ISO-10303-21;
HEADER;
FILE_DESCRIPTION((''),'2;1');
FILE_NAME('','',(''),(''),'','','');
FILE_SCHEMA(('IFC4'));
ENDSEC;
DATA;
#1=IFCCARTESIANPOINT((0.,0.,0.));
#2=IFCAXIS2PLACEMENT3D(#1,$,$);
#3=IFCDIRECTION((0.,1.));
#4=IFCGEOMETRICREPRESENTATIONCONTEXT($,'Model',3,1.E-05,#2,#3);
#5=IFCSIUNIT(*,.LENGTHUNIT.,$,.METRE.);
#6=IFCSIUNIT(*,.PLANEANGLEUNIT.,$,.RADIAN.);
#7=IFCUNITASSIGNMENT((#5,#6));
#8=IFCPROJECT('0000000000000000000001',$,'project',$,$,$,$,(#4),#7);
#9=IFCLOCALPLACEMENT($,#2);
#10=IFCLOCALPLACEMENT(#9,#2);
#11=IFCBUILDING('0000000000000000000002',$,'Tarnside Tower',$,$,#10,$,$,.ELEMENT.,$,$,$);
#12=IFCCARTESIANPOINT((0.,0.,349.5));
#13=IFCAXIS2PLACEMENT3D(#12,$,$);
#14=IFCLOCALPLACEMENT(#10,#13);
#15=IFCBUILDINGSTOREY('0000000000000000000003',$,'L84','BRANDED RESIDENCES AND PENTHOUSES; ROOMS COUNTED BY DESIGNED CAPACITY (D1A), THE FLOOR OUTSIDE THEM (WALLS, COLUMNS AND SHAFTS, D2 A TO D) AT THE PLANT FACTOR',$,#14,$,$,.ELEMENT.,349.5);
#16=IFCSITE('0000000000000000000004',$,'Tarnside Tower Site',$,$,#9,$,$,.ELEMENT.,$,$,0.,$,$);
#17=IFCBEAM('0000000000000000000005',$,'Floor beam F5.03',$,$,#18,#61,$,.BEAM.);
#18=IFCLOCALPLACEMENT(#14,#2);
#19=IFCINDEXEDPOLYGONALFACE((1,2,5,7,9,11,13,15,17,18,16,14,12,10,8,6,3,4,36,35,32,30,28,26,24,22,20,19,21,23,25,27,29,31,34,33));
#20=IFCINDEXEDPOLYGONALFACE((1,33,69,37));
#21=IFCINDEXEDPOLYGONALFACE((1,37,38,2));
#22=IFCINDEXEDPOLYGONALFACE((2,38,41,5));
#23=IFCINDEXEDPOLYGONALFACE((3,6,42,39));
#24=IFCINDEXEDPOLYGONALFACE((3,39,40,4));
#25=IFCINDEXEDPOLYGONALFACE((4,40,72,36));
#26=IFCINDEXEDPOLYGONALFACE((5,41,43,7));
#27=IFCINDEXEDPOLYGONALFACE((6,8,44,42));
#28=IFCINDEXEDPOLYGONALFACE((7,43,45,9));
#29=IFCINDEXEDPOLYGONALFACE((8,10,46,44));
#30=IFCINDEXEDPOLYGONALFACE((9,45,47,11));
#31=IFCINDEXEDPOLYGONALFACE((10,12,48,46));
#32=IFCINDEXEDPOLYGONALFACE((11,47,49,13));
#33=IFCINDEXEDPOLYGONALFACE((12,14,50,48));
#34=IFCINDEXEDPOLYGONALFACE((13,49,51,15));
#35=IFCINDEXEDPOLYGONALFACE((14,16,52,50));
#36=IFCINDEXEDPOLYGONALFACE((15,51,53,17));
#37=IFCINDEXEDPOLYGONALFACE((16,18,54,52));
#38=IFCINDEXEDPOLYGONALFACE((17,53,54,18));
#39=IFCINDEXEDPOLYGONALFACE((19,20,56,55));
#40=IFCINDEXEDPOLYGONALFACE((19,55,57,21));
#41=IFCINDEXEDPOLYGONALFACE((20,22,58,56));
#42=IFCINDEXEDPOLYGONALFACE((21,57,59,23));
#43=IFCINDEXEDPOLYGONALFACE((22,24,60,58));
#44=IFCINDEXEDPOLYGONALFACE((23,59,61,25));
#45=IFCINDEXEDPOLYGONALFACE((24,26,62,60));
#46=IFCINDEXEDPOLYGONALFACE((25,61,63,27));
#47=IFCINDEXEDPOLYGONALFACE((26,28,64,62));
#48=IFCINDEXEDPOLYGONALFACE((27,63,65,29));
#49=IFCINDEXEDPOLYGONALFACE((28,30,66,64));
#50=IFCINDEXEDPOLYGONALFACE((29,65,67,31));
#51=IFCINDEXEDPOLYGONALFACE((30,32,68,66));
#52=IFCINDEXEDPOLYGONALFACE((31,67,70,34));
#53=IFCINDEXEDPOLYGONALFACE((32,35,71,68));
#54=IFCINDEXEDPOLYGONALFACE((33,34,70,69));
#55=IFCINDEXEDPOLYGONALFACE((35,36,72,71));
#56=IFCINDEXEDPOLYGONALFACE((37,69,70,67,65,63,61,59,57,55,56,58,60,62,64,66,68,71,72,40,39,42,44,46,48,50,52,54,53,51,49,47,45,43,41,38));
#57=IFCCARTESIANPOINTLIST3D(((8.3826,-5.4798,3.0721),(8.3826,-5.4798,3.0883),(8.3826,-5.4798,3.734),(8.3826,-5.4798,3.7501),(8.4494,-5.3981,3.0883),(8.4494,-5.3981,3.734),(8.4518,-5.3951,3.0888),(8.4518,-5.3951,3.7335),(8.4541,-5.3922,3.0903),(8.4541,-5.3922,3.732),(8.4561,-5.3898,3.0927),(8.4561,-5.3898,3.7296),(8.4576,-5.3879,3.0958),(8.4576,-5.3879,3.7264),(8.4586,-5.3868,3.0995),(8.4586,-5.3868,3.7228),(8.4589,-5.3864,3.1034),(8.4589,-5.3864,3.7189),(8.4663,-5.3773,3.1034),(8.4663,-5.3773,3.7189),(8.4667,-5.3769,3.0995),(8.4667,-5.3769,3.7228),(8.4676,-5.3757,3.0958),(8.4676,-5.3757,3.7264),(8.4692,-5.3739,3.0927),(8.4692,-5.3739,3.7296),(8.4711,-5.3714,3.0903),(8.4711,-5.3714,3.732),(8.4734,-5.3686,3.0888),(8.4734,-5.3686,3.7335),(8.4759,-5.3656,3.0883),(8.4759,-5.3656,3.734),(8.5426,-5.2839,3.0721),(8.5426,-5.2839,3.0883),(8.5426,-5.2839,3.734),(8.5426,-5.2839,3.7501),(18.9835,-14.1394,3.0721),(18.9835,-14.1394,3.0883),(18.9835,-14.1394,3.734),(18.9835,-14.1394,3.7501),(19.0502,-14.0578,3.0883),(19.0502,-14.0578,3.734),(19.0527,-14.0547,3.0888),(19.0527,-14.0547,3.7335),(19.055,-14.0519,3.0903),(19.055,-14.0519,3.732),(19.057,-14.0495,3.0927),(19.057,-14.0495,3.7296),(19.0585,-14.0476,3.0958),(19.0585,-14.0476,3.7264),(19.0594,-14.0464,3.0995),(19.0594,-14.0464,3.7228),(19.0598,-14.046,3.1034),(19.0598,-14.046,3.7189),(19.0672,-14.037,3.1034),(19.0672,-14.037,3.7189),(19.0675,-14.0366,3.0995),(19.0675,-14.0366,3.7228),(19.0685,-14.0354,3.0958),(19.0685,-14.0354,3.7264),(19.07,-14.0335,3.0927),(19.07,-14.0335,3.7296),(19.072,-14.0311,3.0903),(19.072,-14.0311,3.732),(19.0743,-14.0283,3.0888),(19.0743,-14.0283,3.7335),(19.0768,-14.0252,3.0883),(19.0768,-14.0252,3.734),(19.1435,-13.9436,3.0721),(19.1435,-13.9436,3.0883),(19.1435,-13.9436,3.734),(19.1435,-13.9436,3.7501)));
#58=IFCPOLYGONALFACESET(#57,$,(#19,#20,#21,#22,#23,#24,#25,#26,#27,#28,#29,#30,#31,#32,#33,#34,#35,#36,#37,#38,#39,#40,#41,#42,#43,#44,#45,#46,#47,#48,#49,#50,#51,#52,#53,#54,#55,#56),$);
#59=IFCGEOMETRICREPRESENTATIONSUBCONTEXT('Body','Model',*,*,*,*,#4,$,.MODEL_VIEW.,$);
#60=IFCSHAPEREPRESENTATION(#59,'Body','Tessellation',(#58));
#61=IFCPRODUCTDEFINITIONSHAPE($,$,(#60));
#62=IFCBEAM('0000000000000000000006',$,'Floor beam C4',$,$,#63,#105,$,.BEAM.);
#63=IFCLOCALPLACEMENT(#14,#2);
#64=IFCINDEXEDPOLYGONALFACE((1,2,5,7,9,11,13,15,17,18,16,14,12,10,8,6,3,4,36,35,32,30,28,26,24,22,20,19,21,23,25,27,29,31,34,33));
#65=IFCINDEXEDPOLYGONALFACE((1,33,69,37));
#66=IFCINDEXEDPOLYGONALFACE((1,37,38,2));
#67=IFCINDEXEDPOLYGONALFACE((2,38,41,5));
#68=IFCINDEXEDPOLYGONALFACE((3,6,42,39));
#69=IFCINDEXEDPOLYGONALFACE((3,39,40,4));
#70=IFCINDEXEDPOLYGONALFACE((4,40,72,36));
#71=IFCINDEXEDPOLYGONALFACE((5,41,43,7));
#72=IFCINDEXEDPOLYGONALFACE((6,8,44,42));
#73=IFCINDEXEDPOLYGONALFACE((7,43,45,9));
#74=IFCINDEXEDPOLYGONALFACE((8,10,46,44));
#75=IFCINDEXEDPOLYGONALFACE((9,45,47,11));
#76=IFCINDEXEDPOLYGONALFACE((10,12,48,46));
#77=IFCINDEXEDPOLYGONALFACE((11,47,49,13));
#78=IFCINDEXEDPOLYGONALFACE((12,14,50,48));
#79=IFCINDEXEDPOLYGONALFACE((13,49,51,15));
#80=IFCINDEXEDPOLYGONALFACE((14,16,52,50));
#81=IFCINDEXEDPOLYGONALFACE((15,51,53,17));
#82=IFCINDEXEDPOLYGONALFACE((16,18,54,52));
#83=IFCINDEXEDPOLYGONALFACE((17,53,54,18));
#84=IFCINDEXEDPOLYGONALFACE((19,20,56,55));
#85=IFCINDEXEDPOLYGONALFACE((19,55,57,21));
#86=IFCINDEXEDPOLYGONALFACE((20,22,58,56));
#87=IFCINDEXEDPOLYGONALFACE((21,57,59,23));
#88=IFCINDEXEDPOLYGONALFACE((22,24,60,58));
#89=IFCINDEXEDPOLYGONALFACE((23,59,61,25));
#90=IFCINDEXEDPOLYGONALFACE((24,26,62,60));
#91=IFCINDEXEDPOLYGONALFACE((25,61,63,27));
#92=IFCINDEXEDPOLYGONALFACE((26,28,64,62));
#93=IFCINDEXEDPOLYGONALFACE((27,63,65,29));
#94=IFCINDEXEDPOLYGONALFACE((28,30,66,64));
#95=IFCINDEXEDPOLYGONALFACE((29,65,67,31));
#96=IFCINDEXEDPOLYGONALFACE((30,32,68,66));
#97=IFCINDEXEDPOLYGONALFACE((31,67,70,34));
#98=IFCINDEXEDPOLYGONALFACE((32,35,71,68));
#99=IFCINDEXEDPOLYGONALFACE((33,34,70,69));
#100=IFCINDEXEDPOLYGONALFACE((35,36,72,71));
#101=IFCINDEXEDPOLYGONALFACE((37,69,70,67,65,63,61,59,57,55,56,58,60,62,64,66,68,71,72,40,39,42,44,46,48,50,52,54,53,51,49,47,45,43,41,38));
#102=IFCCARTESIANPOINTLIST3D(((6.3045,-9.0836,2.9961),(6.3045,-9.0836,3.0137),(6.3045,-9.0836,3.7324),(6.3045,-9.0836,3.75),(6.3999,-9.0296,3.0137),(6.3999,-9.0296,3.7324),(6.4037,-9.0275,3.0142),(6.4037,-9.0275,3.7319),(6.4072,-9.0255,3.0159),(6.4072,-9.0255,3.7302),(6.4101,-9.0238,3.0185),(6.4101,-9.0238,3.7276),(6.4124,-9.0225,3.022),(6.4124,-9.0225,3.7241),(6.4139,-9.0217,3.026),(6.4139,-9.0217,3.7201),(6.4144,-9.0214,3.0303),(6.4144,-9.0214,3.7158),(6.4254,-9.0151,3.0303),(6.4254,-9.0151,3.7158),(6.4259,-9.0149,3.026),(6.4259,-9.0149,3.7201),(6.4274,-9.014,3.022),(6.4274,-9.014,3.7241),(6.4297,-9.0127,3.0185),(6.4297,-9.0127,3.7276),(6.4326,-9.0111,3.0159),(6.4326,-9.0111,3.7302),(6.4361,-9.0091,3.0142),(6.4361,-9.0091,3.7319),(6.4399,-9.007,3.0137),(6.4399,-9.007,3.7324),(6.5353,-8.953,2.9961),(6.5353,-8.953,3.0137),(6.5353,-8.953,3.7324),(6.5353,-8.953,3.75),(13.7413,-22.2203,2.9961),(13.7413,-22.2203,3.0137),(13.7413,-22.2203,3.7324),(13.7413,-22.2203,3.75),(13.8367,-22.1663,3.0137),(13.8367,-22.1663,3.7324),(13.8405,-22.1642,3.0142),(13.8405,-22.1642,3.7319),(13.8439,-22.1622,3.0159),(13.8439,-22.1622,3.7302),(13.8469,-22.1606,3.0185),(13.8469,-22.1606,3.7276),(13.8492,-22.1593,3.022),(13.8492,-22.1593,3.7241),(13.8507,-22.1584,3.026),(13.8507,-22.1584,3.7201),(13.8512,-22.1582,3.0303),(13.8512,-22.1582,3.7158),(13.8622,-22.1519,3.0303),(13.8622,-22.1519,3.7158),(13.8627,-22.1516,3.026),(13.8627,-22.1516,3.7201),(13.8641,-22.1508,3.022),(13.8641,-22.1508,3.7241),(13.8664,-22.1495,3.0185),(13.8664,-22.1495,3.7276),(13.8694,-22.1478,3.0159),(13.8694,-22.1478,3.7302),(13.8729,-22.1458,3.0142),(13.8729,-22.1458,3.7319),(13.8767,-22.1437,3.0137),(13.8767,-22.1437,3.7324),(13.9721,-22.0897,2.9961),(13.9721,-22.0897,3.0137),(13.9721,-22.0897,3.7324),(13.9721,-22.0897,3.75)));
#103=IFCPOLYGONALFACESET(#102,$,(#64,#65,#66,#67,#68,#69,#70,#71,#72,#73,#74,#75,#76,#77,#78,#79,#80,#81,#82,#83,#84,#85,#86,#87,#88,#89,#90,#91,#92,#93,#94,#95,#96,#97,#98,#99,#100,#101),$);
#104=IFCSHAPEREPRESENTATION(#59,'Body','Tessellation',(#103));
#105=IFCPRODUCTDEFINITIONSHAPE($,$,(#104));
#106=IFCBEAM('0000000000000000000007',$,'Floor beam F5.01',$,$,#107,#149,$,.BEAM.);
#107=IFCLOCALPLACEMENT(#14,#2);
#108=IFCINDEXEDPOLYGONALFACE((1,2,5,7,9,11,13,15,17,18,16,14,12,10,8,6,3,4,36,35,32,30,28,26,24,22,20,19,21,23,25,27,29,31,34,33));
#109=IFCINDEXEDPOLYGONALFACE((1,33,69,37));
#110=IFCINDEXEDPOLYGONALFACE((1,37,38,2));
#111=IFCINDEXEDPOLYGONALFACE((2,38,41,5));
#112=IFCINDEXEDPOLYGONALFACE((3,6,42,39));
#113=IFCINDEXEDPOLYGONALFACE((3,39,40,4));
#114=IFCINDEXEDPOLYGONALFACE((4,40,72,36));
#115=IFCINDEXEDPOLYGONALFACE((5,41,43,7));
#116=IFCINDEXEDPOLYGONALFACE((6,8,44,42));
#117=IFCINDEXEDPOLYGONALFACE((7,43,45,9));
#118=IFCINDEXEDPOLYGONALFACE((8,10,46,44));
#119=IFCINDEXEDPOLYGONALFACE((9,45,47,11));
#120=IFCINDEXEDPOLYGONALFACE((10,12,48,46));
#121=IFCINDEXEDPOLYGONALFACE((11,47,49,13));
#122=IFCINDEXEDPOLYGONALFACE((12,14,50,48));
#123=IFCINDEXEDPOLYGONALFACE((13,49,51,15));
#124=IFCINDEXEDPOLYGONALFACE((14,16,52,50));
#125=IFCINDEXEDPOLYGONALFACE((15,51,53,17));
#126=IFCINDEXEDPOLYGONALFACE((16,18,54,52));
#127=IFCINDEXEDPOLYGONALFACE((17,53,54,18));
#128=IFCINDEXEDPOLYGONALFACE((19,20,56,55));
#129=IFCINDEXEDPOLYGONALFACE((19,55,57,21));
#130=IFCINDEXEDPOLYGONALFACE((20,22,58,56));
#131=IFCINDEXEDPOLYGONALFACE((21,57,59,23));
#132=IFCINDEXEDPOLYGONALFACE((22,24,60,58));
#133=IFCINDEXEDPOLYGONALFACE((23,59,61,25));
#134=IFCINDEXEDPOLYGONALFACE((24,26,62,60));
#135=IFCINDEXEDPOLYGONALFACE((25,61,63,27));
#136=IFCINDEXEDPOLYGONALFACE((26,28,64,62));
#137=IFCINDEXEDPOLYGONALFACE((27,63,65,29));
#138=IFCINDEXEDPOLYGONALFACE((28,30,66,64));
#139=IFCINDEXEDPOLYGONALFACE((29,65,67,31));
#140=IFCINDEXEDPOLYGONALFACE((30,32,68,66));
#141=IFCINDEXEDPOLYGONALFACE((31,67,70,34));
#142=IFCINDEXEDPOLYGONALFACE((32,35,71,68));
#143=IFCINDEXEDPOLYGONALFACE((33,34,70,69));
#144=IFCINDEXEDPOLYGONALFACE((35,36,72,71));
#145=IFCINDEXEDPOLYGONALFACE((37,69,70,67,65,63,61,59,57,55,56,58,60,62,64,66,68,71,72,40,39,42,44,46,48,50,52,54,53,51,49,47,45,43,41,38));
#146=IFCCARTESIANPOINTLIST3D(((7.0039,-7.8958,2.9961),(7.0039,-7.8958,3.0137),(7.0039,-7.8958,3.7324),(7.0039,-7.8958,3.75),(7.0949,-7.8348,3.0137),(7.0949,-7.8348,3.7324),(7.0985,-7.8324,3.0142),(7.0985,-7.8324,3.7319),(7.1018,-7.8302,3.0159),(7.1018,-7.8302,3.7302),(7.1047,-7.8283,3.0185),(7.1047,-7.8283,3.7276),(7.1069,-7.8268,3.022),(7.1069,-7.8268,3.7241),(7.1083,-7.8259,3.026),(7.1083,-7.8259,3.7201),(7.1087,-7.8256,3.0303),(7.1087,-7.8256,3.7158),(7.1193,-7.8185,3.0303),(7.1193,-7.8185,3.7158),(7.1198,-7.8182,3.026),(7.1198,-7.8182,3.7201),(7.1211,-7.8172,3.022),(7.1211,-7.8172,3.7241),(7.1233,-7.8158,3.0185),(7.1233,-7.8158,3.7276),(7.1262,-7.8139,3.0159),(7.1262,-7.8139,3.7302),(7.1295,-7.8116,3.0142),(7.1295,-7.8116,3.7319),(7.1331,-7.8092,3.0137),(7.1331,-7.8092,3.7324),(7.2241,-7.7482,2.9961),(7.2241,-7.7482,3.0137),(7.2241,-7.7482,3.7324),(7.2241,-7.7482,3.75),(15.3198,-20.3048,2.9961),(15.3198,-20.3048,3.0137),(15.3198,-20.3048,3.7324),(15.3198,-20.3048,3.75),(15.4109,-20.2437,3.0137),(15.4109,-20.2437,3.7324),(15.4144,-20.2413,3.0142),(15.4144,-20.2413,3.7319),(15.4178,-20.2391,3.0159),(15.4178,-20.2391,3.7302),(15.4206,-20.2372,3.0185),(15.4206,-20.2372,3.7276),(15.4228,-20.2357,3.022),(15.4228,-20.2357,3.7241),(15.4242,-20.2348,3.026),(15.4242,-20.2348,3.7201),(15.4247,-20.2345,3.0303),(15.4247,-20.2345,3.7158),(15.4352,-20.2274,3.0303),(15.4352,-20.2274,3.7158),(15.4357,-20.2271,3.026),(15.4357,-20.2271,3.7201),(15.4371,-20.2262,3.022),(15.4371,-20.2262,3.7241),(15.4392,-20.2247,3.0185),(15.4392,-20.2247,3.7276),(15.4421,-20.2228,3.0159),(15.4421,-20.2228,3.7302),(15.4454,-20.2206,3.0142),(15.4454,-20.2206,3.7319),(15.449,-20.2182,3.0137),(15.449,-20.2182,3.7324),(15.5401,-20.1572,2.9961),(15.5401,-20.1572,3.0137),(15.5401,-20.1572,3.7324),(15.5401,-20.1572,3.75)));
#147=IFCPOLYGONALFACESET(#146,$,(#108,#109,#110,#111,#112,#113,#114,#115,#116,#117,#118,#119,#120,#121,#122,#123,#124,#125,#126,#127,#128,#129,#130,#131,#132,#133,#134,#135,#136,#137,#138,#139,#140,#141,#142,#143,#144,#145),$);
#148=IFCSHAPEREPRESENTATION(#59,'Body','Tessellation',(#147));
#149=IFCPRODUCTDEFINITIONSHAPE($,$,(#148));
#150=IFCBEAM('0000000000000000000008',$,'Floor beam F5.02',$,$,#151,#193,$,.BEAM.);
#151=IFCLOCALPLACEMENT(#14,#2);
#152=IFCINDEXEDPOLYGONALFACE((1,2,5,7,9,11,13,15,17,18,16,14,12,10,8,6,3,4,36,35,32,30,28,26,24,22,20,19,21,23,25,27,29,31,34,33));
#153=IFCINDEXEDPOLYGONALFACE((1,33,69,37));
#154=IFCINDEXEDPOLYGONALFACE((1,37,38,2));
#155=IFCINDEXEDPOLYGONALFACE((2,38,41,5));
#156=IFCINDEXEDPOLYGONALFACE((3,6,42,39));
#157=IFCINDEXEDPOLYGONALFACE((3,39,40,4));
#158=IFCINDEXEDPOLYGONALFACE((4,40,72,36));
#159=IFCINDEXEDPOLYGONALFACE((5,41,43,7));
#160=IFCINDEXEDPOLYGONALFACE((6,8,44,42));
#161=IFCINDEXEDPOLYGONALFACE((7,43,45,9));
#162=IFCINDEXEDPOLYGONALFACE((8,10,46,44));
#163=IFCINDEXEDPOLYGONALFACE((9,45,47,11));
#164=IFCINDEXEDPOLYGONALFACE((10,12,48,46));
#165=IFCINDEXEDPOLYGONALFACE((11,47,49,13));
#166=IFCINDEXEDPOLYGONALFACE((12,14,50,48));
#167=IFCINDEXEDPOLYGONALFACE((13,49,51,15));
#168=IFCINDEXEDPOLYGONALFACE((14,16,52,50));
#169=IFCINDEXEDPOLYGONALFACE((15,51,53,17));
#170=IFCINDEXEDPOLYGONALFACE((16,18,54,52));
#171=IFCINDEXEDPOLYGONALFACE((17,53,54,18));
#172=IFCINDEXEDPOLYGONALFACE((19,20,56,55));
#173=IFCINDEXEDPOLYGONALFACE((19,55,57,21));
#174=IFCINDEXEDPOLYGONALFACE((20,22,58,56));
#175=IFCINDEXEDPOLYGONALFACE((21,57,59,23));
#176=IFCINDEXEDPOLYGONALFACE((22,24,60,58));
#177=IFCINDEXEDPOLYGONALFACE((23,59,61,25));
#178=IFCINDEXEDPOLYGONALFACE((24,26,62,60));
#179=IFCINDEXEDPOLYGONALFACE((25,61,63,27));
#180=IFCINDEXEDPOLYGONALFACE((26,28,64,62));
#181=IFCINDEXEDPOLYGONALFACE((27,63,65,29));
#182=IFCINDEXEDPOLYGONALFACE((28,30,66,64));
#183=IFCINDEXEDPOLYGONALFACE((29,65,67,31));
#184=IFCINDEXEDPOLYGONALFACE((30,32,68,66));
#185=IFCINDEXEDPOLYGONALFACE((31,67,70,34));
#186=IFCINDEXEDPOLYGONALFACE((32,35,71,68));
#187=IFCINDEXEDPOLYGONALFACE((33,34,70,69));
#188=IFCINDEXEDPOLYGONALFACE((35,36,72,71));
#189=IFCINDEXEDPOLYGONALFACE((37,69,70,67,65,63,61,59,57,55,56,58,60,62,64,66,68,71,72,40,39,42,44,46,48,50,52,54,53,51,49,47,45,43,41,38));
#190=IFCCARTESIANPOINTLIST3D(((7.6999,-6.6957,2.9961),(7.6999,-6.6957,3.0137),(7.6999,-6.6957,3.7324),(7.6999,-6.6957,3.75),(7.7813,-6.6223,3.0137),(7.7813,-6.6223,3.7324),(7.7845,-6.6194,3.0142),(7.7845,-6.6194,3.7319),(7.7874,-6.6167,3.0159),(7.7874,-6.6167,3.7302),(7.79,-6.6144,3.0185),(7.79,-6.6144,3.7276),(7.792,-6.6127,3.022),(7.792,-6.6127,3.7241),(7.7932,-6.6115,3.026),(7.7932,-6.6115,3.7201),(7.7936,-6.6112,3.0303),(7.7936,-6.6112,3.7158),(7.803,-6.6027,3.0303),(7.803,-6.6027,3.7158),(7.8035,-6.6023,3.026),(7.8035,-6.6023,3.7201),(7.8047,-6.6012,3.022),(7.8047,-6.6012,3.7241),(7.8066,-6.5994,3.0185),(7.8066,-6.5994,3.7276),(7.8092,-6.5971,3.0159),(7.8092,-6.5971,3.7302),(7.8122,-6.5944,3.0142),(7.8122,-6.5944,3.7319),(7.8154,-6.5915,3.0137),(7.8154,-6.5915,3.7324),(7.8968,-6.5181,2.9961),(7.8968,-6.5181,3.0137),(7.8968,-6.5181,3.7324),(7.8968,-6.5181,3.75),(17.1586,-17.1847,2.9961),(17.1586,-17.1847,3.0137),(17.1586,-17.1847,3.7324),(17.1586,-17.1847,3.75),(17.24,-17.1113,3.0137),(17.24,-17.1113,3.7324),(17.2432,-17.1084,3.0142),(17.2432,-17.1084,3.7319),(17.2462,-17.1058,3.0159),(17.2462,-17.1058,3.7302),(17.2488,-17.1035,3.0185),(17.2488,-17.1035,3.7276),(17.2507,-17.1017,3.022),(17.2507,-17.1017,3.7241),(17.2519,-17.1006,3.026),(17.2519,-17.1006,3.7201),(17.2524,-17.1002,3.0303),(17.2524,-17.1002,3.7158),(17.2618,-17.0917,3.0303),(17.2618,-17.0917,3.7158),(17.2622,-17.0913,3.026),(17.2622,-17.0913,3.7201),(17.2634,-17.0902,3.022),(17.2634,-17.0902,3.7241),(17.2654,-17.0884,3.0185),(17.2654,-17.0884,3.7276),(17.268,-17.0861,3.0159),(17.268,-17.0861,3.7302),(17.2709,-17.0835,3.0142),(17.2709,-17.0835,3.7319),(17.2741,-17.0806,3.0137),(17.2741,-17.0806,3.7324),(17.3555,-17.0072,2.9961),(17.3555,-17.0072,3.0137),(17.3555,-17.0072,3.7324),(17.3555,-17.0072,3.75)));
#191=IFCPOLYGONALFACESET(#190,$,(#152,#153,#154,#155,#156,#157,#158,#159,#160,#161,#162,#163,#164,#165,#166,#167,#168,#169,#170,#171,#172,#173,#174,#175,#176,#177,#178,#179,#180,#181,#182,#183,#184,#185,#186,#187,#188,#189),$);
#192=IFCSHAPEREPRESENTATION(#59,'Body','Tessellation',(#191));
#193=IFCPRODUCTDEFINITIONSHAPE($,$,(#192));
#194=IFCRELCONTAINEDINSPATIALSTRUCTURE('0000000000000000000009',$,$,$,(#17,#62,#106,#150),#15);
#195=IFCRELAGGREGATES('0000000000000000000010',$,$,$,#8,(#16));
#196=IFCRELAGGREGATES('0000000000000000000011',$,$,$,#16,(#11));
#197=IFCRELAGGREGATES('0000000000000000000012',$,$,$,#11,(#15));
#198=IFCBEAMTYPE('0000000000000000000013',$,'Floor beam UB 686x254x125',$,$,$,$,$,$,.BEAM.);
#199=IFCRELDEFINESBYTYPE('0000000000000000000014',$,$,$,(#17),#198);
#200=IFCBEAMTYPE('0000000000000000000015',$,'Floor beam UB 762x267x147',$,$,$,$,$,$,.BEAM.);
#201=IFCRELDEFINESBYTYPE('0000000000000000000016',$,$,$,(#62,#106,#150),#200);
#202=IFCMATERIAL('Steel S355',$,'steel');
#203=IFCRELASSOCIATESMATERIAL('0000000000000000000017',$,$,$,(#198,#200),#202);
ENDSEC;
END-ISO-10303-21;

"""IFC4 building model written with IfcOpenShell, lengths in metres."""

from ifc_helpers import new_model, si_unit, direction, frame, origin, origin_2d, place, context, subcontext, project, spatial, i_section, extrude, material, material_profile, profile_set, type_object, element, save


model = new_model("IFC4")

# Units and contexts
model_context = context("Model", 3, precision=1e-05, world=origin(), true_north=direction((0.0, 1.0)))
body_context = subcontext(model_context, "Body", "Model", "MODEL_VIEW")
ifc_project = project(units=[si_unit("LENGTHUNIT", "METRE"), si_unit("PLANEANGLEUNIT", "RADIAN")], contexts=[model_context])

# Site, building, storey
site_placement = place(None, origin())
site = spatial("IfcSite", under=ifc_project, at=site_placement, Name="Tarnside Tower Site", CompositionType="ELEMENT", RefElevation=0.0)
building_placement = place(site_placement, origin())
building = spatial("IfcBuilding", under=site, at=building_placement, Name="Tarnside Tower", CompositionType="ELEMENT")
storey_placement = place(building_placement, frame((0.0, 0.0, 349.5)))
storey = spatial("IfcBuildingStorey", under=building, at=storey_placement, Name="L84", Description="BRANDED RESIDENCES AND PENTHOUSES; ROOMS COUNTED BY DESIGNED CAPACITY (D1A), THE FLOOR OUTSIDE THEM (WALLS, COLUMNS AND SHAFTS, D2 A TO D) AT THE PLANT FACTOR", CompositionType="ELEMENT", Elevation=349.5)

# Beams
ifc_material_1 = material(Name="Steel S355", Category="steel")
ifc_material_profile_1 = material_profile(ifc_material_1, i_section(OverallWidth=0.2529, OverallDepth=0.678, WebThickness=0.0117, FlangeThickness=0.0161, FilletRadius=0.0151, at=origin_2d()), Name="UB 686x254x125")
ifc_profile_set_1 = profile_set([ifc_material_profile_1], Name="Steel S355")
beam_type_1 = type_object("IfcBeamType", Name="Floor beam UB 686x254x125", PredefinedType="BEAM", material=ifc_profile_set_1)
beam_1_placement = place(storey_placement, frame((19.0635, -14.0415, 3.4111), z_axis=(-0.774449, 0.632636, 0.0), x_axis=(-0.632636, -0.774449, 0.0)))
element("IfcBeam", 1, at=beam_1_placement, inside=storey, type_object=beam_type_1, Name="Floor beam F5.03", PredefinedType="BEAM", context=body_context, shape_type="SweptSolid", body=[
    extrude(i_section(OverallWidth=0.2529, OverallDepth=0.678, WebThickness=0.0117, FlangeThickness=0.0161, FilletRadius=0.0151, at=origin_2d()), origin(), (0.0, 0.0, 1.0), 13.6882),
])
ifc_material_profile_2 = material_profile(ifc_material_1, i_section(OverallWidth=0.2651, OverallDepth=0.7539, WebThickness=0.0127, FlangeThickness=0.0176, FilletRadius=0.0166, at=origin_2d()), Name="UB 762x267x147")
ifc_profile_set_2 = profile_set([ifc_material_profile_2], Name="Steel S355")
beam_type_2 = type_object("IfcBeamType", Name="Floor beam UB 762x267x147", PredefinedType="BEAM", material=ifc_profile_set_2)
beam_2_placement = place(storey_placement, frame((13.8567, -22.155, 3.373), z_axis=(-0.492643, 0.870232, 0.0), x_axis=(-0.870232, -0.492643, 0.0)))
element("IfcBeam", 2, at=beam_2_placement, inside=storey, type_object=beam_type_2, Name="Floor beam C4", PredefinedType="BEAM", context=body_context, shape_type="SweptSolid", body=[
    extrude(i_section(OverallWidth=0.2651, OverallDepth=0.7539, WebThickness=0.0127, FlangeThickness=0.0176, FilletRadius=0.0166, at=origin_2d()), origin(), (0.0, 0.0, 1.0), 15.0957),
])
beam_3_placement = place(storey_placement, frame((15.4299, -20.231, 3.373), z_axis=(-0.556705, 0.83071, 0.0), x_axis=(-0.83071, -0.556705, 0.0)))
element("IfcBeam", 3, at=beam_3_placement, inside=storey, type_object=beam_type_2, Name="Floor beam F5.01", PredefinedType="BEAM", context=body_context, shape_type="SweptSolid", body=[
    extrude(i_section(OverallWidth=0.2651, OverallDepth=0.7539, WebThickness=0.0127, FlangeThickness=0.0176, FilletRadius=0.0166, at=origin_2d()), origin(), (0.0, 0.0, 1.0), 14.9377),
])
beam_4_placement = place(storey_placement, frame((17.2571, -17.0959, 3.373), z_axis=(-0.669693, 0.742638, 0.0), x_axis=(-0.742638, -0.669693, 0.0)))
element("IfcBeam", 4, at=beam_4_placement, inside=storey, type_object=beam_type_2, Name="Floor beam F5.02", PredefinedType="BEAM", context=body_context, shape_type="SweptSolid", body=[
    extrude(i_section(OverallWidth=0.2651, OverallDepth=0.7539, WebThickness=0.0127, FlangeThickness=0.0176, FilletRadius=0.0166, at=origin_2d()), origin(), (0.0, 0.0, 1.0), 14.124),
])

save(model, "model.ifc")
